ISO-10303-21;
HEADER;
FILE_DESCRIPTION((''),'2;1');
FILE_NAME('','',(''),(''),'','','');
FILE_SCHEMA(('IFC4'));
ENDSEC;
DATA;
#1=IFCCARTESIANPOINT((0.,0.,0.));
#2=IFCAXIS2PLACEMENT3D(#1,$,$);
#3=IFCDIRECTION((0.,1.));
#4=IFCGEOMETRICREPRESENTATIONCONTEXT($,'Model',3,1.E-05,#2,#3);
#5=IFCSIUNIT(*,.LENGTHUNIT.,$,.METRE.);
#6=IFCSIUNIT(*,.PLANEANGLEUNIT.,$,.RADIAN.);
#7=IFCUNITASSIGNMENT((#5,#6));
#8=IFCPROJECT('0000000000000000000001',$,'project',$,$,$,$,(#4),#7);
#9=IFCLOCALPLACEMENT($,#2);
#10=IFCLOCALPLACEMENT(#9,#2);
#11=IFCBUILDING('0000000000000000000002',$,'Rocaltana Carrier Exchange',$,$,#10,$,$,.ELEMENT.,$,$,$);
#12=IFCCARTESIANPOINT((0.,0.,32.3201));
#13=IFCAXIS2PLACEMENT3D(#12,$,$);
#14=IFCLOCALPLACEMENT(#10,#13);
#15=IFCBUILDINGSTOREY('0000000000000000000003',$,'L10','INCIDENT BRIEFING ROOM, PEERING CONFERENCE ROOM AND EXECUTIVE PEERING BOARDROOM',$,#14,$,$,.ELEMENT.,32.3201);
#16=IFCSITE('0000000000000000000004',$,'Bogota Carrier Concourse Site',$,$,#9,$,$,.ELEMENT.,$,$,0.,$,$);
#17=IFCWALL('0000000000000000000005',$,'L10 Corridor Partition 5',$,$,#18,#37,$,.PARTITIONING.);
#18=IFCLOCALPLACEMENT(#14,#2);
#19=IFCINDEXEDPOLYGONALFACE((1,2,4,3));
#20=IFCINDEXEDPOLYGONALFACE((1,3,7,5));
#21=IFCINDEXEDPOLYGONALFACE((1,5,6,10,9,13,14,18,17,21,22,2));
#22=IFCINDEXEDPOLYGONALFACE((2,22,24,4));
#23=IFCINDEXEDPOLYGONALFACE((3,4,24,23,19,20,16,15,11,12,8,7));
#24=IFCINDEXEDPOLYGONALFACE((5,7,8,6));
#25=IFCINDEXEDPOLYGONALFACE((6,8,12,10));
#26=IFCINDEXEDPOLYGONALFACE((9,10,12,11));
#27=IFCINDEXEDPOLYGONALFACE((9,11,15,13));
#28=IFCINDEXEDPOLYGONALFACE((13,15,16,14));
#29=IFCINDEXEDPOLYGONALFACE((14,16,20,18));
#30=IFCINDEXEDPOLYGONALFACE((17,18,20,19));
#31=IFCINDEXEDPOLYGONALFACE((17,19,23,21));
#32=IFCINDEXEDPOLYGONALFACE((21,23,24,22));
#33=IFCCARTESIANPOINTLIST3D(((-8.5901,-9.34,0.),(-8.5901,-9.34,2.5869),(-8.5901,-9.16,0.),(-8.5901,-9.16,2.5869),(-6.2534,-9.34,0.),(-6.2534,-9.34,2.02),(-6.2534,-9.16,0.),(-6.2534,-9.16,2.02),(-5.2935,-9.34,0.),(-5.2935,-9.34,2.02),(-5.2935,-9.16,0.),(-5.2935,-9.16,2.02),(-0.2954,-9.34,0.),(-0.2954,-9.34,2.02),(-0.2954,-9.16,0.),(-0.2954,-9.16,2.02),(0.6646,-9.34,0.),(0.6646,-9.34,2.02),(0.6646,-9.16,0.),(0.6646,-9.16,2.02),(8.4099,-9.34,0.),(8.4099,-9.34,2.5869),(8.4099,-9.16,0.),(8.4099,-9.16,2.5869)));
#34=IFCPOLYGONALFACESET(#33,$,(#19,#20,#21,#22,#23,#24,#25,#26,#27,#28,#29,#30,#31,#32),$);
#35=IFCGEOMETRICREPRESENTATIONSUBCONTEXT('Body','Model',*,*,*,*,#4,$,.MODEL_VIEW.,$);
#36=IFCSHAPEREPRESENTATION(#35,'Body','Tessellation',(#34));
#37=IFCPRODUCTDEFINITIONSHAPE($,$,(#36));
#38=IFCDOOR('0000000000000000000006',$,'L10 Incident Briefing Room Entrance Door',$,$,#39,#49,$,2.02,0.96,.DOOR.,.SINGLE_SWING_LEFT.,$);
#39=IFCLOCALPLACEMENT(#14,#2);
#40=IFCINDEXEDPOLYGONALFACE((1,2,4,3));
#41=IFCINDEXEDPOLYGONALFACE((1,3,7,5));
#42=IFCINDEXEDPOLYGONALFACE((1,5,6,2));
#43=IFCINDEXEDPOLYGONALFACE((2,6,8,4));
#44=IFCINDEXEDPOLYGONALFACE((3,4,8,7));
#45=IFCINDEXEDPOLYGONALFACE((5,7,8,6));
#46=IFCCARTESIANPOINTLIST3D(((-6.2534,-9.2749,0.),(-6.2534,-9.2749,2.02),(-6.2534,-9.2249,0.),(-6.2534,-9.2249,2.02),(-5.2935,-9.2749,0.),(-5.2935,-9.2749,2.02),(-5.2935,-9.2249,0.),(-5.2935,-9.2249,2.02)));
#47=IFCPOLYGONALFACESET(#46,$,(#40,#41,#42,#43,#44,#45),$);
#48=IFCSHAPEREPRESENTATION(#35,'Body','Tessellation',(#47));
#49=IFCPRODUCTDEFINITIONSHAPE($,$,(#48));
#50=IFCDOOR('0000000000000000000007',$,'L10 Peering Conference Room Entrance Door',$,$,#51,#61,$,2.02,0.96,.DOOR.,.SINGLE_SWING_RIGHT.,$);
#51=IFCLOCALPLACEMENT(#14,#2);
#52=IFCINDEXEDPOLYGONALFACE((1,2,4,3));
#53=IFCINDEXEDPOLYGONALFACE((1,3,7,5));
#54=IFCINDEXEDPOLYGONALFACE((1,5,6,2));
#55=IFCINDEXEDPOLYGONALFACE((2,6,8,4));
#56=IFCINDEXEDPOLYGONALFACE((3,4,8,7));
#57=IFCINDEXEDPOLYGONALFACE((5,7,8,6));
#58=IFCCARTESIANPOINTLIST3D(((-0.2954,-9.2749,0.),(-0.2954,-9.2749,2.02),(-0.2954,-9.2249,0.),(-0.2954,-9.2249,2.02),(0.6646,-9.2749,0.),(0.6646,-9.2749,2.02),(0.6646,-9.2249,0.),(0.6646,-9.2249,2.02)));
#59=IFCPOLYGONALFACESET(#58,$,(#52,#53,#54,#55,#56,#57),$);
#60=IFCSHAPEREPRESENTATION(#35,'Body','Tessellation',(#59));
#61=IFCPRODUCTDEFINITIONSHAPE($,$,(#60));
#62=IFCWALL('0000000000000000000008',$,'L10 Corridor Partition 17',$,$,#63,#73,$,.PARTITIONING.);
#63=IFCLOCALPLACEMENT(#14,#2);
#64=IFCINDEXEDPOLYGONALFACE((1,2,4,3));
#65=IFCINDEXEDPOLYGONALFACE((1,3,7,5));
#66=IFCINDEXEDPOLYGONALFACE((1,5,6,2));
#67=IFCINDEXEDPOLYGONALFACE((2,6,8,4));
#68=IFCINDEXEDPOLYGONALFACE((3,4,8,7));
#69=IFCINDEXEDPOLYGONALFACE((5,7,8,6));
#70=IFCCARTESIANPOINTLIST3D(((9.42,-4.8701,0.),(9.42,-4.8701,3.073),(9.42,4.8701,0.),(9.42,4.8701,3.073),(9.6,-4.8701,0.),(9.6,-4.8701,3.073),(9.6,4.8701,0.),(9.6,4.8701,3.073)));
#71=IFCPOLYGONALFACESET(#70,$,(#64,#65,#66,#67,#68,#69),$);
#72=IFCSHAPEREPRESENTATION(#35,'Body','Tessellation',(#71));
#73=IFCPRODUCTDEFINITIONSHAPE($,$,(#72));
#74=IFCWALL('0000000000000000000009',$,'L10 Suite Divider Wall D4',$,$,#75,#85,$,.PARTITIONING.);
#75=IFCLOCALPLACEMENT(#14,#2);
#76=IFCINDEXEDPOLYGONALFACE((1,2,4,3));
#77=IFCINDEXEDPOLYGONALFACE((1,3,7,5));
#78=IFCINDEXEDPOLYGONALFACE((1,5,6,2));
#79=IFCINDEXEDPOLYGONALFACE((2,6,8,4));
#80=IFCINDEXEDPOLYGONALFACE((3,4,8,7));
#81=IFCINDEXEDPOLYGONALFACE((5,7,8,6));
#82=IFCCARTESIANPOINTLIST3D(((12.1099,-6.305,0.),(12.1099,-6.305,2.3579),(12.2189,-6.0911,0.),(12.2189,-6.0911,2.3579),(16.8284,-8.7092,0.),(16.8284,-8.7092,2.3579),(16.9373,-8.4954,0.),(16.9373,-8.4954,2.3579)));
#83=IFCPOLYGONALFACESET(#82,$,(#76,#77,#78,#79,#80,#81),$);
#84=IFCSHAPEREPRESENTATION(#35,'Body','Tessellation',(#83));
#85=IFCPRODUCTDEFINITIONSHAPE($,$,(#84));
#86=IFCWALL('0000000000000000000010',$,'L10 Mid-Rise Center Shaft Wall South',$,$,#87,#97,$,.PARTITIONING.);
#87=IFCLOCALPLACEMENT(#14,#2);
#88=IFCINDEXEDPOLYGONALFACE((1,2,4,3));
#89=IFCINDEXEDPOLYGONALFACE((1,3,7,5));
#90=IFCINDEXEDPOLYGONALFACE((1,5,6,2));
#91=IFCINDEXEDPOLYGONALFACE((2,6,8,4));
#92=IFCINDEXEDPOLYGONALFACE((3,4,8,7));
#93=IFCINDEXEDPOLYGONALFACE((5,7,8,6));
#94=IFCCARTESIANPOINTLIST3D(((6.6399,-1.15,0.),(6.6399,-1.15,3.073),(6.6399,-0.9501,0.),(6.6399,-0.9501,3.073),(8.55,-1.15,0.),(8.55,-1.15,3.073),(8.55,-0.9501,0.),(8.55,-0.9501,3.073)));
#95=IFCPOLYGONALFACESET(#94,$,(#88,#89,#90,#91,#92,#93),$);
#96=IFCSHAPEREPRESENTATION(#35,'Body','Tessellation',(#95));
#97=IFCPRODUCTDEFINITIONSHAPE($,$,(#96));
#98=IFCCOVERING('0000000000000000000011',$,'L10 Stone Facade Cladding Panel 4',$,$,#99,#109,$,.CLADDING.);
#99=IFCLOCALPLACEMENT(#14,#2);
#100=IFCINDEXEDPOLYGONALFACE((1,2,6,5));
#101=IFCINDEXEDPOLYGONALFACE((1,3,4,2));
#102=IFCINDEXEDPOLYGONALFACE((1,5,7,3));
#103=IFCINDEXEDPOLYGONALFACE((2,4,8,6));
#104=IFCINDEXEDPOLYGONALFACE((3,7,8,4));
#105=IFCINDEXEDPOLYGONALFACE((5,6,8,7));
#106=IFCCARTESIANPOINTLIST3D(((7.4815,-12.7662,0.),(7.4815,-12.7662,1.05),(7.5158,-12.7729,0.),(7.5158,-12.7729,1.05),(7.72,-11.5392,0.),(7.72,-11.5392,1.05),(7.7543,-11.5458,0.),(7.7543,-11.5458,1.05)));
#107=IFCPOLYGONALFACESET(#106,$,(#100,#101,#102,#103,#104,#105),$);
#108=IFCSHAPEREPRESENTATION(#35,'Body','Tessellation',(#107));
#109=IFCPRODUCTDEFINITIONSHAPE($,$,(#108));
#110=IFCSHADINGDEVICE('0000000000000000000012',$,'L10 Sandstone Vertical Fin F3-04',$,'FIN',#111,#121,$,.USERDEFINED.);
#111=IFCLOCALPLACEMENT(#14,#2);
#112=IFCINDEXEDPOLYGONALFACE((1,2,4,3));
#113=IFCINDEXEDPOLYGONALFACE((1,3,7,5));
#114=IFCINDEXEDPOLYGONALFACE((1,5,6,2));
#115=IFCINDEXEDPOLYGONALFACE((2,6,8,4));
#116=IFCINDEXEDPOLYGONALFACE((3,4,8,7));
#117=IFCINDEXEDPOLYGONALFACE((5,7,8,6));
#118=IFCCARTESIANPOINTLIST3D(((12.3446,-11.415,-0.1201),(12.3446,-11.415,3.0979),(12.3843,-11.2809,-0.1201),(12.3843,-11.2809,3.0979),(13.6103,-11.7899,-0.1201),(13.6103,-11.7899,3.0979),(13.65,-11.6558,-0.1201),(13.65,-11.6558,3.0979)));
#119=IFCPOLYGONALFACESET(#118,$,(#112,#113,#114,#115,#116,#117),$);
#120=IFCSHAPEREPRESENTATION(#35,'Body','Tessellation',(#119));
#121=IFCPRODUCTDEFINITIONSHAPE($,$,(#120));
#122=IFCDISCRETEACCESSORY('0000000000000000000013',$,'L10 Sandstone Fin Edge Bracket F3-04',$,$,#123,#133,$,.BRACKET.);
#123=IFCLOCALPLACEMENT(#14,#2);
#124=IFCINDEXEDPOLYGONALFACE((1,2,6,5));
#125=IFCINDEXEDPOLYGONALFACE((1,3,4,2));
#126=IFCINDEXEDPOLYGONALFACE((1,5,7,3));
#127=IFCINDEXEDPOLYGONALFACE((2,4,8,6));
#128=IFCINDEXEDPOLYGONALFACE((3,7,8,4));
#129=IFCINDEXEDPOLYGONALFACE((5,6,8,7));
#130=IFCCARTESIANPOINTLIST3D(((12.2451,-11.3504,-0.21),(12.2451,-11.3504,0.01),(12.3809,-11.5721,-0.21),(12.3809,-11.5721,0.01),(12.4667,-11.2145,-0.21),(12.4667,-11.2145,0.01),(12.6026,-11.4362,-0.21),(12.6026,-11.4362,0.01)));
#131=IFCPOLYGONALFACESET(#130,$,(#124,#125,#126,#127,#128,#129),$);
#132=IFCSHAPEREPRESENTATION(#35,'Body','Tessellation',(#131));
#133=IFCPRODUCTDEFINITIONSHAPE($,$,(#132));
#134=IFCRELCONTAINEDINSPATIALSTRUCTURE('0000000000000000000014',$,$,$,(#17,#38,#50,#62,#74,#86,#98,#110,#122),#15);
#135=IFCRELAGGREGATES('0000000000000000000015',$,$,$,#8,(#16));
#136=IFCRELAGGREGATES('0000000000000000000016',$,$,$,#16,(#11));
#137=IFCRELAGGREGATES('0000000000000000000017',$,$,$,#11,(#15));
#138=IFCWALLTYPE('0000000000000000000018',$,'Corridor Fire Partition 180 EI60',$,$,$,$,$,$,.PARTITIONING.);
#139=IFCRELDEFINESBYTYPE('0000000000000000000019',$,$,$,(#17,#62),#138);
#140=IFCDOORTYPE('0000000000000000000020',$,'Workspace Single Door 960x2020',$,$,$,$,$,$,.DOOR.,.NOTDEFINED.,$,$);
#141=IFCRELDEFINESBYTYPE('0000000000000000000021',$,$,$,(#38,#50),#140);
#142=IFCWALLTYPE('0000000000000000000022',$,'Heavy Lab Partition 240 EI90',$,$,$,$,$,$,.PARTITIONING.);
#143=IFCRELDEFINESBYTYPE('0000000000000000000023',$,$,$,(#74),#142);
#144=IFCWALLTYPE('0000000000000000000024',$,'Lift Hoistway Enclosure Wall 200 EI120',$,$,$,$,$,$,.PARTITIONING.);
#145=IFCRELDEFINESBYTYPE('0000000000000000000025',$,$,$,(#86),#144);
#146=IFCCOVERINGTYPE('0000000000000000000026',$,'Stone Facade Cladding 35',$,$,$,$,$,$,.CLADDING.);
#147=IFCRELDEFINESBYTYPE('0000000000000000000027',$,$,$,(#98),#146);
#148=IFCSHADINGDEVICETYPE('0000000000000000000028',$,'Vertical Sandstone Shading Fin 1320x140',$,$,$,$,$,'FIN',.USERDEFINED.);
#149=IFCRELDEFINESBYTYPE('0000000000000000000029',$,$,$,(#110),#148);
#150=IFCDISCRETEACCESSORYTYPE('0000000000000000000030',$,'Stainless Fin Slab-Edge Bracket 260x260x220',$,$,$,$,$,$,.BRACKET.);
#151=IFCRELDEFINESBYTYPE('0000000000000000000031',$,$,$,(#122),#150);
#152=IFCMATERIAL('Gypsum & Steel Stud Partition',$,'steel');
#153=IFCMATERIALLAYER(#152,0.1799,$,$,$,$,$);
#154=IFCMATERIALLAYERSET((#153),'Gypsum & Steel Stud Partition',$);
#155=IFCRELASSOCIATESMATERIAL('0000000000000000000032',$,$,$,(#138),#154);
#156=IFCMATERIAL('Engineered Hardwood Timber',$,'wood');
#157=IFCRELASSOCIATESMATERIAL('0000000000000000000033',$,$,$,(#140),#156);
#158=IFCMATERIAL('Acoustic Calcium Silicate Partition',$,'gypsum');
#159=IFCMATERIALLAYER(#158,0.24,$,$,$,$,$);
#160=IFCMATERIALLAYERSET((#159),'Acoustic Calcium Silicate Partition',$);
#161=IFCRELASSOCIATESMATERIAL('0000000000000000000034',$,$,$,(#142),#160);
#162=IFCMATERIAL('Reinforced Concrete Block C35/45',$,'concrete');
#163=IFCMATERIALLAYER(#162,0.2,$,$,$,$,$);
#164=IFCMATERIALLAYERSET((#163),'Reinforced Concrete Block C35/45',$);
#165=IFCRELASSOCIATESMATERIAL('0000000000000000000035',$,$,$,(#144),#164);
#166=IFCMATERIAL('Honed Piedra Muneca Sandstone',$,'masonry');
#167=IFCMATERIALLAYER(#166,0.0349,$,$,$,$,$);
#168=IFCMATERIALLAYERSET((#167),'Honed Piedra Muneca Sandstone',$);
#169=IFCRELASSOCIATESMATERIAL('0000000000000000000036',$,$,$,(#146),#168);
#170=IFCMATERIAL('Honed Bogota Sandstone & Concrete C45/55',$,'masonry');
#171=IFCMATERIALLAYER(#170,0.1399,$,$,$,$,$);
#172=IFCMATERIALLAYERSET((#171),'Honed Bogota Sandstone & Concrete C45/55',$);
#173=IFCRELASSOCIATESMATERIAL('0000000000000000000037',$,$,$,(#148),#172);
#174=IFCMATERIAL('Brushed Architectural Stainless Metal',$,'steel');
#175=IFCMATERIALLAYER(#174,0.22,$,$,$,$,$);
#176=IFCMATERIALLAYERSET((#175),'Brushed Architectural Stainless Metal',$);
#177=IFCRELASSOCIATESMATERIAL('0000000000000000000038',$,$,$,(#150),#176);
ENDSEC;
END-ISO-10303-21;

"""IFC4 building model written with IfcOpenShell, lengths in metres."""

from ifc_helpers import new_model, si_unit, direction, frame, frame_2d, origin, origin_2d, place, context, subcontext, project, spatial, rectangle, extrude, material, layer, layer_set, type_object, element, fill, save


model = new_model("IFC4")

# Units and contexts
model_context = context("Model", 3, precision=1e-05, world=origin(), true_north=direction((0.0, 1.0)))
body_context = subcontext(model_context, "Body", "Model", "MODEL_VIEW")
ifc_project = project(units=[si_unit("LENGTHUNIT", "METRE"), si_unit("PLANEANGLEUNIT", "RADIAN")], contexts=[model_context])

# Site, building, storey
site_placement = place(None, origin())
site = spatial("IfcSite", under=ifc_project, at=site_placement, Name="Bogota Carrier Concourse Site", CompositionType="ELEMENT", RefElevation=0.0)
building_placement = place(site_placement, origin())
building = spatial("IfcBuilding", under=site, at=building_placement, Name="Rocaltana Carrier Exchange", CompositionType="ELEMENT")
storey_placement = place(building_placement, frame((0.0, 0.0, 32.3201)))
storey = spatial("IfcBuildingStorey", under=building, at=storey_placement, Name="L10", Description="INCIDENT BRIEFING ROOM, PEERING CONFERENCE ROOM AND EXECUTIVE PEERING BOARDROOM", CompositionType="ELEMENT", Elevation=32.3201)

# Shared definitions
ifc_material_1 = material(Name="Gypsum & Steel Stud Partition", Category="steel")
ifc_layer_1 = layer(ifc_material_1, 0.1799)
ifc_layer_set_1 = layer_set([ifc_layer_1], Name="Gypsum & Steel Stud Partition")
wall_type_1 = type_object("IfcWallType", Name="Corridor Fire Partition 180 EI60", PredefinedType="PARTITIONING", material=ifc_layer_set_1)

# Wall, openings, doors
wall_1_placement = place(storey_placement, frame((8.4099, -9.25, 0.0), z_axis=(0.0, 0.0, 1.0), x_axis=(-1.0, 0.0, 0.0)))
wall_1 = element("IfcWall", 1, at=wall_1_placement, inside=storey, type_object=wall_type_1, Name="L10 Corridor Partition 5", PredefinedType="PARTITIONING", context=body_context, shape_type="SweptSolid", body=[
    extrude(rectangle(XDim=17.0, YDim=0.1799, at=frame_2d((8.5, 0.0))), origin(), (0.0, 0.0, 1.0), 2.5869),
])
opening_1_placement = place(wall_1_placement, frame((13.7034, 0.0, 0.0)))
opening_1 = element("IfcOpeningElement", 2, at=opening_1_placement, cuts=wall_1, PredefinedType="OPENING", context=body_context, shape_type="SweptSolid", body=[
    extrude(rectangle(XDim=0.96, YDim=2.02, at=frame_2d((0.48, 1.01))), frame((0.0, 0.0999, 0.0), z_axis=(0.0, -1.0, 0.0), x_axis=(1.0, 0.0, 0.0)), (0.0, 0.0, 1.0), 0.2),
])
opening_2_placement = place(wall_1_placement, frame((7.7454, 0.0, 0.0)))
opening_2 = element("IfcOpeningElement", 3, at=opening_2_placement, cuts=wall_1, PredefinedType="OPENING", context=body_context, shape_type="SweptSolid", body=[
    extrude(rectangle(XDim=0.96, YDim=2.02, at=frame_2d((0.48, 1.01))), frame((0.0, 0.0999, 0.0), z_axis=(0.0, -1.0, 0.0), x_axis=(1.0, 0.0, 0.0)), (0.0, 0.0, 1.0), 0.2),
])
ifc_material_2 = material(Name="Engineered Hardwood Timber", Category="wood")
door_type_1 = type_object("IfcDoorType", Name="Workspace Single Door 960x2020", OperationType="NOTDEFINED", PredefinedType="DOOR", material=ifc_material_2)
door_1_placement = place(opening_1_placement, origin())
door_1 = element("IfcDoor", 4, at=door_1_placement, inside=storey, type_object=door_type_1, Name="L10 Incident Briefing Room Entrance Door", OperationType="SINGLE_SWING_LEFT", OverallHeight=2.02, OverallWidth=0.96, PredefinedType="DOOR", context=body_context, shape_type="SweptSolid", body=[
    extrude(rectangle(XDim=0.96, YDim=2.02, at=frame_2d((0.48, 1.01))), frame((0.0, 0.0249, 0.0), z_axis=(0.0, -1.0, 0.0), x_axis=(1.0, 0.0, 0.0)), (0.0, 0.0, 1.0), 0.05),
])
fill(opening_1, door_1)
door_2_placement = place(opening_2_placement, origin())
door_2 = element("IfcDoor", 5, at=door_2_placement, inside=storey, type_object=door_type_1, Name="L10 Peering Conference Room Entrance Door", OperationType="SINGLE_SWING_RIGHT", OverallHeight=2.02, OverallWidth=0.96, PredefinedType="DOOR", context=body_context, shape_type="SweptSolid", body=[
    extrude(rectangle(XDim=0.96, YDim=2.02, at=frame_2d((0.48, 1.01))), frame((0.0, 0.0249, 0.0), z_axis=(0.0, -1.0, 0.0), x_axis=(1.0, 0.0, 0.0)), (0.0, 0.0, 1.0), 0.05),
])
fill(opening_2, door_2)

# Walls
wall_2_placement = place(storey_placement, frame((9.51, -4.8701, 0.0), z_axis=(0.0, 0.0, 1.0), x_axis=(0.0, 1.0, 0.0)))
element("IfcWall", 6, at=wall_2_placement, inside=storey, type_object=wall_type_1, Name="L10 Corridor Partition 17", PredefinedType="PARTITIONING", context=body_context, shape_type="SweptSolid", body=[
    extrude(rectangle(XDim=9.7402, YDim=0.1799, at=frame_2d((4.8701, 0.0))), origin(), (0.0, 0.0, 1.0), 3.073),
])
ifc_material_3 = material(Name="Acoustic Calcium Silicate Partition", Category="gypsum")
ifc_layer_2 = layer(ifc_material_3, 0.24)
ifc_layer_set_2 = layer_set([ifc_layer_2], Name="Acoustic Calcium Silicate Partition")
wall_type_2 = type_object("IfcWallType", Name="Heavy Lab Partition 240 EI90", PredefinedType="PARTITIONING", material=ifc_layer_set_2)
wall_3_placement = place(storey_placement, frame((12.1643, -6.198, 0.0), z_axis=(0.0, 0.0, 1.0), x_axis=(0.890999, -0.454005, 0.0)))
element("IfcWall", 7, at=wall_3_placement, inside=storey, type_object=wall_type_2, Name="L10 Suite Divider Wall D4", PredefinedType="PARTITIONING", context=body_context, shape_type="SweptSolid", body=[
    extrude(rectangle(XDim=5.2957, YDim=0.24, at=frame_2d((2.6479, 0.0))), origin(), (0.0, 0.0, 1.0), 2.3579),
])
ifc_material_4 = material(Name="Reinforced Concrete Block C35/45", Category="concrete")
ifc_layer_3 = layer(ifc_material_4, 0.2)
ifc_layer_set_3 = layer_set([ifc_layer_3], Name="Reinforced Concrete Block C35/45")
wall_type_3 = type_object("IfcWallType", Name="Lift Hoistway Enclosure Wall 200 EI120", PredefinedType="PARTITIONING", material=ifc_layer_set_3)
wall_4_placement = place(storey_placement, frame((6.6399, -1.05, 0.0), z_axis=(0.0, 0.0, 1.0), x_axis=(1.0, 0.0, 0.0)))
element("IfcWall", 8, at=wall_4_placement, inside=storey, type_object=wall_type_3, Name="L10 Mid-Rise Center Shaft Wall South", PredefinedType="PARTITIONING", context=body_context, shape_type="SweptSolid", body=[
    extrude(rectangle(XDim=1.9102, YDim=0.2, at=frame_2d((0.9551, 0.0))), origin(), (0.0, 0.0, 1.0), 3.073),
])

# Covering
ifc_material_5 = material(Name="Honed Piedra Muneca Sandstone", Category="masonry")
ifc_layer_4 = layer(ifc_material_5, 0.0349)
ifc_layer_set_4 = layer_set([ifc_layer_4], Name="Honed Piedra Muneca Sandstone")
covering_type = type_object("IfcCoveringType", Name="Stone Facade Cladding 35", PredefinedType="CLADDING", material=ifc_layer_set_4)
covering_placement = place(storey_placement, frame((7.6179, -12.156, 0.0), z_axis=(0.0, 0.0, 1.0), x_axis=(0.190809, 0.981627, 0.0)))
element("IfcCovering", 9, at=covering_placement, inside=storey, type_object=covering_type, Name="L10 Stone Facade Cladding Panel 4", PredefinedType="CLADDING", context=body_context, shape_type="SweptSolid", body=[
    extrude(rectangle(XDim=1.25, YDim=0.0349, at=origin_2d()), origin(), (0.0, 0.0, 1.0), 1.05),
])

# Shading device
ifc_material_6 = material(Name="Honed Bogota Sandstone & Concrete C45/55", Category="masonry")
ifc_layer_5 = layer(ifc_material_6, 0.1399)
ifc_layer_set_5 = layer_set([ifc_layer_5], Name="Honed Bogota Sandstone & Concrete C45/55")
shading_device_type = type_object("IfcShadingDeviceType", Name="Vertical Sandstone Shading Fin 1320x140", ElementType="FIN", PredefinedType="USERDEFINED", material=ifc_layer_set_5)
shading_device_placement = place(storey_placement, frame((12.9973, -11.5354, -0.1201), z_axis=(0.0, 0.0, 1.0), x_axis=(0.95882, -0.284015, 0.0)))
element("IfcShadingDevice", 10, at=shading_device_placement, inside=storey, type_object=shading_device_type, Name="L10 Sandstone Vertical Fin F3-04", ObjectType="FIN", PredefinedType="USERDEFINED", context=body_context, shape_type="SweptSolid", body=[
    extrude(rectangle(XDim=1.3201, YDim=0.1399, at=origin_2d()), origin(), (0.0, 0.0, 1.0), 3.218),
])

# Discrete accessory
ifc_material_7 = material(Name="Brushed Architectural Stainless Metal", Category="steel")
ifc_layer_6 = layer(ifc_material_7, 0.22)
ifc_layer_set_6 = layer_set([ifc_layer_6], Name="Brushed Architectural Stainless Metal")
discrete_accessory_type = type_object("IfcDiscreteAccessoryType", Name="Stainless Fin Slab-Edge Bracket 260x260x220", PredefinedType="BRACKET", material=ifc_layer_set_6)
discrete_accessory_placement = place(storey_placement, frame((12.4238, -11.3933, -0.21), z_axis=(0.0, 0.0, 1.0), x_axis=(0.85264, 0.522499, 0.0)))
element("IfcDiscreteAccessory", 11, at=discrete_accessory_placement, inside=storey, type_object=discrete_accessory_type, Name="L10 Sandstone Fin Edge Bracket F3-04", PredefinedType="BRACKET", context=body_context, shape_type="SweptSolid", body=[
    extrude(rectangle(XDim=0.26, YDim=0.26, at=origin_2d()), origin(), (0.0, 0.0, 1.0), 0.22),
])

save(model, "model.ifc")
